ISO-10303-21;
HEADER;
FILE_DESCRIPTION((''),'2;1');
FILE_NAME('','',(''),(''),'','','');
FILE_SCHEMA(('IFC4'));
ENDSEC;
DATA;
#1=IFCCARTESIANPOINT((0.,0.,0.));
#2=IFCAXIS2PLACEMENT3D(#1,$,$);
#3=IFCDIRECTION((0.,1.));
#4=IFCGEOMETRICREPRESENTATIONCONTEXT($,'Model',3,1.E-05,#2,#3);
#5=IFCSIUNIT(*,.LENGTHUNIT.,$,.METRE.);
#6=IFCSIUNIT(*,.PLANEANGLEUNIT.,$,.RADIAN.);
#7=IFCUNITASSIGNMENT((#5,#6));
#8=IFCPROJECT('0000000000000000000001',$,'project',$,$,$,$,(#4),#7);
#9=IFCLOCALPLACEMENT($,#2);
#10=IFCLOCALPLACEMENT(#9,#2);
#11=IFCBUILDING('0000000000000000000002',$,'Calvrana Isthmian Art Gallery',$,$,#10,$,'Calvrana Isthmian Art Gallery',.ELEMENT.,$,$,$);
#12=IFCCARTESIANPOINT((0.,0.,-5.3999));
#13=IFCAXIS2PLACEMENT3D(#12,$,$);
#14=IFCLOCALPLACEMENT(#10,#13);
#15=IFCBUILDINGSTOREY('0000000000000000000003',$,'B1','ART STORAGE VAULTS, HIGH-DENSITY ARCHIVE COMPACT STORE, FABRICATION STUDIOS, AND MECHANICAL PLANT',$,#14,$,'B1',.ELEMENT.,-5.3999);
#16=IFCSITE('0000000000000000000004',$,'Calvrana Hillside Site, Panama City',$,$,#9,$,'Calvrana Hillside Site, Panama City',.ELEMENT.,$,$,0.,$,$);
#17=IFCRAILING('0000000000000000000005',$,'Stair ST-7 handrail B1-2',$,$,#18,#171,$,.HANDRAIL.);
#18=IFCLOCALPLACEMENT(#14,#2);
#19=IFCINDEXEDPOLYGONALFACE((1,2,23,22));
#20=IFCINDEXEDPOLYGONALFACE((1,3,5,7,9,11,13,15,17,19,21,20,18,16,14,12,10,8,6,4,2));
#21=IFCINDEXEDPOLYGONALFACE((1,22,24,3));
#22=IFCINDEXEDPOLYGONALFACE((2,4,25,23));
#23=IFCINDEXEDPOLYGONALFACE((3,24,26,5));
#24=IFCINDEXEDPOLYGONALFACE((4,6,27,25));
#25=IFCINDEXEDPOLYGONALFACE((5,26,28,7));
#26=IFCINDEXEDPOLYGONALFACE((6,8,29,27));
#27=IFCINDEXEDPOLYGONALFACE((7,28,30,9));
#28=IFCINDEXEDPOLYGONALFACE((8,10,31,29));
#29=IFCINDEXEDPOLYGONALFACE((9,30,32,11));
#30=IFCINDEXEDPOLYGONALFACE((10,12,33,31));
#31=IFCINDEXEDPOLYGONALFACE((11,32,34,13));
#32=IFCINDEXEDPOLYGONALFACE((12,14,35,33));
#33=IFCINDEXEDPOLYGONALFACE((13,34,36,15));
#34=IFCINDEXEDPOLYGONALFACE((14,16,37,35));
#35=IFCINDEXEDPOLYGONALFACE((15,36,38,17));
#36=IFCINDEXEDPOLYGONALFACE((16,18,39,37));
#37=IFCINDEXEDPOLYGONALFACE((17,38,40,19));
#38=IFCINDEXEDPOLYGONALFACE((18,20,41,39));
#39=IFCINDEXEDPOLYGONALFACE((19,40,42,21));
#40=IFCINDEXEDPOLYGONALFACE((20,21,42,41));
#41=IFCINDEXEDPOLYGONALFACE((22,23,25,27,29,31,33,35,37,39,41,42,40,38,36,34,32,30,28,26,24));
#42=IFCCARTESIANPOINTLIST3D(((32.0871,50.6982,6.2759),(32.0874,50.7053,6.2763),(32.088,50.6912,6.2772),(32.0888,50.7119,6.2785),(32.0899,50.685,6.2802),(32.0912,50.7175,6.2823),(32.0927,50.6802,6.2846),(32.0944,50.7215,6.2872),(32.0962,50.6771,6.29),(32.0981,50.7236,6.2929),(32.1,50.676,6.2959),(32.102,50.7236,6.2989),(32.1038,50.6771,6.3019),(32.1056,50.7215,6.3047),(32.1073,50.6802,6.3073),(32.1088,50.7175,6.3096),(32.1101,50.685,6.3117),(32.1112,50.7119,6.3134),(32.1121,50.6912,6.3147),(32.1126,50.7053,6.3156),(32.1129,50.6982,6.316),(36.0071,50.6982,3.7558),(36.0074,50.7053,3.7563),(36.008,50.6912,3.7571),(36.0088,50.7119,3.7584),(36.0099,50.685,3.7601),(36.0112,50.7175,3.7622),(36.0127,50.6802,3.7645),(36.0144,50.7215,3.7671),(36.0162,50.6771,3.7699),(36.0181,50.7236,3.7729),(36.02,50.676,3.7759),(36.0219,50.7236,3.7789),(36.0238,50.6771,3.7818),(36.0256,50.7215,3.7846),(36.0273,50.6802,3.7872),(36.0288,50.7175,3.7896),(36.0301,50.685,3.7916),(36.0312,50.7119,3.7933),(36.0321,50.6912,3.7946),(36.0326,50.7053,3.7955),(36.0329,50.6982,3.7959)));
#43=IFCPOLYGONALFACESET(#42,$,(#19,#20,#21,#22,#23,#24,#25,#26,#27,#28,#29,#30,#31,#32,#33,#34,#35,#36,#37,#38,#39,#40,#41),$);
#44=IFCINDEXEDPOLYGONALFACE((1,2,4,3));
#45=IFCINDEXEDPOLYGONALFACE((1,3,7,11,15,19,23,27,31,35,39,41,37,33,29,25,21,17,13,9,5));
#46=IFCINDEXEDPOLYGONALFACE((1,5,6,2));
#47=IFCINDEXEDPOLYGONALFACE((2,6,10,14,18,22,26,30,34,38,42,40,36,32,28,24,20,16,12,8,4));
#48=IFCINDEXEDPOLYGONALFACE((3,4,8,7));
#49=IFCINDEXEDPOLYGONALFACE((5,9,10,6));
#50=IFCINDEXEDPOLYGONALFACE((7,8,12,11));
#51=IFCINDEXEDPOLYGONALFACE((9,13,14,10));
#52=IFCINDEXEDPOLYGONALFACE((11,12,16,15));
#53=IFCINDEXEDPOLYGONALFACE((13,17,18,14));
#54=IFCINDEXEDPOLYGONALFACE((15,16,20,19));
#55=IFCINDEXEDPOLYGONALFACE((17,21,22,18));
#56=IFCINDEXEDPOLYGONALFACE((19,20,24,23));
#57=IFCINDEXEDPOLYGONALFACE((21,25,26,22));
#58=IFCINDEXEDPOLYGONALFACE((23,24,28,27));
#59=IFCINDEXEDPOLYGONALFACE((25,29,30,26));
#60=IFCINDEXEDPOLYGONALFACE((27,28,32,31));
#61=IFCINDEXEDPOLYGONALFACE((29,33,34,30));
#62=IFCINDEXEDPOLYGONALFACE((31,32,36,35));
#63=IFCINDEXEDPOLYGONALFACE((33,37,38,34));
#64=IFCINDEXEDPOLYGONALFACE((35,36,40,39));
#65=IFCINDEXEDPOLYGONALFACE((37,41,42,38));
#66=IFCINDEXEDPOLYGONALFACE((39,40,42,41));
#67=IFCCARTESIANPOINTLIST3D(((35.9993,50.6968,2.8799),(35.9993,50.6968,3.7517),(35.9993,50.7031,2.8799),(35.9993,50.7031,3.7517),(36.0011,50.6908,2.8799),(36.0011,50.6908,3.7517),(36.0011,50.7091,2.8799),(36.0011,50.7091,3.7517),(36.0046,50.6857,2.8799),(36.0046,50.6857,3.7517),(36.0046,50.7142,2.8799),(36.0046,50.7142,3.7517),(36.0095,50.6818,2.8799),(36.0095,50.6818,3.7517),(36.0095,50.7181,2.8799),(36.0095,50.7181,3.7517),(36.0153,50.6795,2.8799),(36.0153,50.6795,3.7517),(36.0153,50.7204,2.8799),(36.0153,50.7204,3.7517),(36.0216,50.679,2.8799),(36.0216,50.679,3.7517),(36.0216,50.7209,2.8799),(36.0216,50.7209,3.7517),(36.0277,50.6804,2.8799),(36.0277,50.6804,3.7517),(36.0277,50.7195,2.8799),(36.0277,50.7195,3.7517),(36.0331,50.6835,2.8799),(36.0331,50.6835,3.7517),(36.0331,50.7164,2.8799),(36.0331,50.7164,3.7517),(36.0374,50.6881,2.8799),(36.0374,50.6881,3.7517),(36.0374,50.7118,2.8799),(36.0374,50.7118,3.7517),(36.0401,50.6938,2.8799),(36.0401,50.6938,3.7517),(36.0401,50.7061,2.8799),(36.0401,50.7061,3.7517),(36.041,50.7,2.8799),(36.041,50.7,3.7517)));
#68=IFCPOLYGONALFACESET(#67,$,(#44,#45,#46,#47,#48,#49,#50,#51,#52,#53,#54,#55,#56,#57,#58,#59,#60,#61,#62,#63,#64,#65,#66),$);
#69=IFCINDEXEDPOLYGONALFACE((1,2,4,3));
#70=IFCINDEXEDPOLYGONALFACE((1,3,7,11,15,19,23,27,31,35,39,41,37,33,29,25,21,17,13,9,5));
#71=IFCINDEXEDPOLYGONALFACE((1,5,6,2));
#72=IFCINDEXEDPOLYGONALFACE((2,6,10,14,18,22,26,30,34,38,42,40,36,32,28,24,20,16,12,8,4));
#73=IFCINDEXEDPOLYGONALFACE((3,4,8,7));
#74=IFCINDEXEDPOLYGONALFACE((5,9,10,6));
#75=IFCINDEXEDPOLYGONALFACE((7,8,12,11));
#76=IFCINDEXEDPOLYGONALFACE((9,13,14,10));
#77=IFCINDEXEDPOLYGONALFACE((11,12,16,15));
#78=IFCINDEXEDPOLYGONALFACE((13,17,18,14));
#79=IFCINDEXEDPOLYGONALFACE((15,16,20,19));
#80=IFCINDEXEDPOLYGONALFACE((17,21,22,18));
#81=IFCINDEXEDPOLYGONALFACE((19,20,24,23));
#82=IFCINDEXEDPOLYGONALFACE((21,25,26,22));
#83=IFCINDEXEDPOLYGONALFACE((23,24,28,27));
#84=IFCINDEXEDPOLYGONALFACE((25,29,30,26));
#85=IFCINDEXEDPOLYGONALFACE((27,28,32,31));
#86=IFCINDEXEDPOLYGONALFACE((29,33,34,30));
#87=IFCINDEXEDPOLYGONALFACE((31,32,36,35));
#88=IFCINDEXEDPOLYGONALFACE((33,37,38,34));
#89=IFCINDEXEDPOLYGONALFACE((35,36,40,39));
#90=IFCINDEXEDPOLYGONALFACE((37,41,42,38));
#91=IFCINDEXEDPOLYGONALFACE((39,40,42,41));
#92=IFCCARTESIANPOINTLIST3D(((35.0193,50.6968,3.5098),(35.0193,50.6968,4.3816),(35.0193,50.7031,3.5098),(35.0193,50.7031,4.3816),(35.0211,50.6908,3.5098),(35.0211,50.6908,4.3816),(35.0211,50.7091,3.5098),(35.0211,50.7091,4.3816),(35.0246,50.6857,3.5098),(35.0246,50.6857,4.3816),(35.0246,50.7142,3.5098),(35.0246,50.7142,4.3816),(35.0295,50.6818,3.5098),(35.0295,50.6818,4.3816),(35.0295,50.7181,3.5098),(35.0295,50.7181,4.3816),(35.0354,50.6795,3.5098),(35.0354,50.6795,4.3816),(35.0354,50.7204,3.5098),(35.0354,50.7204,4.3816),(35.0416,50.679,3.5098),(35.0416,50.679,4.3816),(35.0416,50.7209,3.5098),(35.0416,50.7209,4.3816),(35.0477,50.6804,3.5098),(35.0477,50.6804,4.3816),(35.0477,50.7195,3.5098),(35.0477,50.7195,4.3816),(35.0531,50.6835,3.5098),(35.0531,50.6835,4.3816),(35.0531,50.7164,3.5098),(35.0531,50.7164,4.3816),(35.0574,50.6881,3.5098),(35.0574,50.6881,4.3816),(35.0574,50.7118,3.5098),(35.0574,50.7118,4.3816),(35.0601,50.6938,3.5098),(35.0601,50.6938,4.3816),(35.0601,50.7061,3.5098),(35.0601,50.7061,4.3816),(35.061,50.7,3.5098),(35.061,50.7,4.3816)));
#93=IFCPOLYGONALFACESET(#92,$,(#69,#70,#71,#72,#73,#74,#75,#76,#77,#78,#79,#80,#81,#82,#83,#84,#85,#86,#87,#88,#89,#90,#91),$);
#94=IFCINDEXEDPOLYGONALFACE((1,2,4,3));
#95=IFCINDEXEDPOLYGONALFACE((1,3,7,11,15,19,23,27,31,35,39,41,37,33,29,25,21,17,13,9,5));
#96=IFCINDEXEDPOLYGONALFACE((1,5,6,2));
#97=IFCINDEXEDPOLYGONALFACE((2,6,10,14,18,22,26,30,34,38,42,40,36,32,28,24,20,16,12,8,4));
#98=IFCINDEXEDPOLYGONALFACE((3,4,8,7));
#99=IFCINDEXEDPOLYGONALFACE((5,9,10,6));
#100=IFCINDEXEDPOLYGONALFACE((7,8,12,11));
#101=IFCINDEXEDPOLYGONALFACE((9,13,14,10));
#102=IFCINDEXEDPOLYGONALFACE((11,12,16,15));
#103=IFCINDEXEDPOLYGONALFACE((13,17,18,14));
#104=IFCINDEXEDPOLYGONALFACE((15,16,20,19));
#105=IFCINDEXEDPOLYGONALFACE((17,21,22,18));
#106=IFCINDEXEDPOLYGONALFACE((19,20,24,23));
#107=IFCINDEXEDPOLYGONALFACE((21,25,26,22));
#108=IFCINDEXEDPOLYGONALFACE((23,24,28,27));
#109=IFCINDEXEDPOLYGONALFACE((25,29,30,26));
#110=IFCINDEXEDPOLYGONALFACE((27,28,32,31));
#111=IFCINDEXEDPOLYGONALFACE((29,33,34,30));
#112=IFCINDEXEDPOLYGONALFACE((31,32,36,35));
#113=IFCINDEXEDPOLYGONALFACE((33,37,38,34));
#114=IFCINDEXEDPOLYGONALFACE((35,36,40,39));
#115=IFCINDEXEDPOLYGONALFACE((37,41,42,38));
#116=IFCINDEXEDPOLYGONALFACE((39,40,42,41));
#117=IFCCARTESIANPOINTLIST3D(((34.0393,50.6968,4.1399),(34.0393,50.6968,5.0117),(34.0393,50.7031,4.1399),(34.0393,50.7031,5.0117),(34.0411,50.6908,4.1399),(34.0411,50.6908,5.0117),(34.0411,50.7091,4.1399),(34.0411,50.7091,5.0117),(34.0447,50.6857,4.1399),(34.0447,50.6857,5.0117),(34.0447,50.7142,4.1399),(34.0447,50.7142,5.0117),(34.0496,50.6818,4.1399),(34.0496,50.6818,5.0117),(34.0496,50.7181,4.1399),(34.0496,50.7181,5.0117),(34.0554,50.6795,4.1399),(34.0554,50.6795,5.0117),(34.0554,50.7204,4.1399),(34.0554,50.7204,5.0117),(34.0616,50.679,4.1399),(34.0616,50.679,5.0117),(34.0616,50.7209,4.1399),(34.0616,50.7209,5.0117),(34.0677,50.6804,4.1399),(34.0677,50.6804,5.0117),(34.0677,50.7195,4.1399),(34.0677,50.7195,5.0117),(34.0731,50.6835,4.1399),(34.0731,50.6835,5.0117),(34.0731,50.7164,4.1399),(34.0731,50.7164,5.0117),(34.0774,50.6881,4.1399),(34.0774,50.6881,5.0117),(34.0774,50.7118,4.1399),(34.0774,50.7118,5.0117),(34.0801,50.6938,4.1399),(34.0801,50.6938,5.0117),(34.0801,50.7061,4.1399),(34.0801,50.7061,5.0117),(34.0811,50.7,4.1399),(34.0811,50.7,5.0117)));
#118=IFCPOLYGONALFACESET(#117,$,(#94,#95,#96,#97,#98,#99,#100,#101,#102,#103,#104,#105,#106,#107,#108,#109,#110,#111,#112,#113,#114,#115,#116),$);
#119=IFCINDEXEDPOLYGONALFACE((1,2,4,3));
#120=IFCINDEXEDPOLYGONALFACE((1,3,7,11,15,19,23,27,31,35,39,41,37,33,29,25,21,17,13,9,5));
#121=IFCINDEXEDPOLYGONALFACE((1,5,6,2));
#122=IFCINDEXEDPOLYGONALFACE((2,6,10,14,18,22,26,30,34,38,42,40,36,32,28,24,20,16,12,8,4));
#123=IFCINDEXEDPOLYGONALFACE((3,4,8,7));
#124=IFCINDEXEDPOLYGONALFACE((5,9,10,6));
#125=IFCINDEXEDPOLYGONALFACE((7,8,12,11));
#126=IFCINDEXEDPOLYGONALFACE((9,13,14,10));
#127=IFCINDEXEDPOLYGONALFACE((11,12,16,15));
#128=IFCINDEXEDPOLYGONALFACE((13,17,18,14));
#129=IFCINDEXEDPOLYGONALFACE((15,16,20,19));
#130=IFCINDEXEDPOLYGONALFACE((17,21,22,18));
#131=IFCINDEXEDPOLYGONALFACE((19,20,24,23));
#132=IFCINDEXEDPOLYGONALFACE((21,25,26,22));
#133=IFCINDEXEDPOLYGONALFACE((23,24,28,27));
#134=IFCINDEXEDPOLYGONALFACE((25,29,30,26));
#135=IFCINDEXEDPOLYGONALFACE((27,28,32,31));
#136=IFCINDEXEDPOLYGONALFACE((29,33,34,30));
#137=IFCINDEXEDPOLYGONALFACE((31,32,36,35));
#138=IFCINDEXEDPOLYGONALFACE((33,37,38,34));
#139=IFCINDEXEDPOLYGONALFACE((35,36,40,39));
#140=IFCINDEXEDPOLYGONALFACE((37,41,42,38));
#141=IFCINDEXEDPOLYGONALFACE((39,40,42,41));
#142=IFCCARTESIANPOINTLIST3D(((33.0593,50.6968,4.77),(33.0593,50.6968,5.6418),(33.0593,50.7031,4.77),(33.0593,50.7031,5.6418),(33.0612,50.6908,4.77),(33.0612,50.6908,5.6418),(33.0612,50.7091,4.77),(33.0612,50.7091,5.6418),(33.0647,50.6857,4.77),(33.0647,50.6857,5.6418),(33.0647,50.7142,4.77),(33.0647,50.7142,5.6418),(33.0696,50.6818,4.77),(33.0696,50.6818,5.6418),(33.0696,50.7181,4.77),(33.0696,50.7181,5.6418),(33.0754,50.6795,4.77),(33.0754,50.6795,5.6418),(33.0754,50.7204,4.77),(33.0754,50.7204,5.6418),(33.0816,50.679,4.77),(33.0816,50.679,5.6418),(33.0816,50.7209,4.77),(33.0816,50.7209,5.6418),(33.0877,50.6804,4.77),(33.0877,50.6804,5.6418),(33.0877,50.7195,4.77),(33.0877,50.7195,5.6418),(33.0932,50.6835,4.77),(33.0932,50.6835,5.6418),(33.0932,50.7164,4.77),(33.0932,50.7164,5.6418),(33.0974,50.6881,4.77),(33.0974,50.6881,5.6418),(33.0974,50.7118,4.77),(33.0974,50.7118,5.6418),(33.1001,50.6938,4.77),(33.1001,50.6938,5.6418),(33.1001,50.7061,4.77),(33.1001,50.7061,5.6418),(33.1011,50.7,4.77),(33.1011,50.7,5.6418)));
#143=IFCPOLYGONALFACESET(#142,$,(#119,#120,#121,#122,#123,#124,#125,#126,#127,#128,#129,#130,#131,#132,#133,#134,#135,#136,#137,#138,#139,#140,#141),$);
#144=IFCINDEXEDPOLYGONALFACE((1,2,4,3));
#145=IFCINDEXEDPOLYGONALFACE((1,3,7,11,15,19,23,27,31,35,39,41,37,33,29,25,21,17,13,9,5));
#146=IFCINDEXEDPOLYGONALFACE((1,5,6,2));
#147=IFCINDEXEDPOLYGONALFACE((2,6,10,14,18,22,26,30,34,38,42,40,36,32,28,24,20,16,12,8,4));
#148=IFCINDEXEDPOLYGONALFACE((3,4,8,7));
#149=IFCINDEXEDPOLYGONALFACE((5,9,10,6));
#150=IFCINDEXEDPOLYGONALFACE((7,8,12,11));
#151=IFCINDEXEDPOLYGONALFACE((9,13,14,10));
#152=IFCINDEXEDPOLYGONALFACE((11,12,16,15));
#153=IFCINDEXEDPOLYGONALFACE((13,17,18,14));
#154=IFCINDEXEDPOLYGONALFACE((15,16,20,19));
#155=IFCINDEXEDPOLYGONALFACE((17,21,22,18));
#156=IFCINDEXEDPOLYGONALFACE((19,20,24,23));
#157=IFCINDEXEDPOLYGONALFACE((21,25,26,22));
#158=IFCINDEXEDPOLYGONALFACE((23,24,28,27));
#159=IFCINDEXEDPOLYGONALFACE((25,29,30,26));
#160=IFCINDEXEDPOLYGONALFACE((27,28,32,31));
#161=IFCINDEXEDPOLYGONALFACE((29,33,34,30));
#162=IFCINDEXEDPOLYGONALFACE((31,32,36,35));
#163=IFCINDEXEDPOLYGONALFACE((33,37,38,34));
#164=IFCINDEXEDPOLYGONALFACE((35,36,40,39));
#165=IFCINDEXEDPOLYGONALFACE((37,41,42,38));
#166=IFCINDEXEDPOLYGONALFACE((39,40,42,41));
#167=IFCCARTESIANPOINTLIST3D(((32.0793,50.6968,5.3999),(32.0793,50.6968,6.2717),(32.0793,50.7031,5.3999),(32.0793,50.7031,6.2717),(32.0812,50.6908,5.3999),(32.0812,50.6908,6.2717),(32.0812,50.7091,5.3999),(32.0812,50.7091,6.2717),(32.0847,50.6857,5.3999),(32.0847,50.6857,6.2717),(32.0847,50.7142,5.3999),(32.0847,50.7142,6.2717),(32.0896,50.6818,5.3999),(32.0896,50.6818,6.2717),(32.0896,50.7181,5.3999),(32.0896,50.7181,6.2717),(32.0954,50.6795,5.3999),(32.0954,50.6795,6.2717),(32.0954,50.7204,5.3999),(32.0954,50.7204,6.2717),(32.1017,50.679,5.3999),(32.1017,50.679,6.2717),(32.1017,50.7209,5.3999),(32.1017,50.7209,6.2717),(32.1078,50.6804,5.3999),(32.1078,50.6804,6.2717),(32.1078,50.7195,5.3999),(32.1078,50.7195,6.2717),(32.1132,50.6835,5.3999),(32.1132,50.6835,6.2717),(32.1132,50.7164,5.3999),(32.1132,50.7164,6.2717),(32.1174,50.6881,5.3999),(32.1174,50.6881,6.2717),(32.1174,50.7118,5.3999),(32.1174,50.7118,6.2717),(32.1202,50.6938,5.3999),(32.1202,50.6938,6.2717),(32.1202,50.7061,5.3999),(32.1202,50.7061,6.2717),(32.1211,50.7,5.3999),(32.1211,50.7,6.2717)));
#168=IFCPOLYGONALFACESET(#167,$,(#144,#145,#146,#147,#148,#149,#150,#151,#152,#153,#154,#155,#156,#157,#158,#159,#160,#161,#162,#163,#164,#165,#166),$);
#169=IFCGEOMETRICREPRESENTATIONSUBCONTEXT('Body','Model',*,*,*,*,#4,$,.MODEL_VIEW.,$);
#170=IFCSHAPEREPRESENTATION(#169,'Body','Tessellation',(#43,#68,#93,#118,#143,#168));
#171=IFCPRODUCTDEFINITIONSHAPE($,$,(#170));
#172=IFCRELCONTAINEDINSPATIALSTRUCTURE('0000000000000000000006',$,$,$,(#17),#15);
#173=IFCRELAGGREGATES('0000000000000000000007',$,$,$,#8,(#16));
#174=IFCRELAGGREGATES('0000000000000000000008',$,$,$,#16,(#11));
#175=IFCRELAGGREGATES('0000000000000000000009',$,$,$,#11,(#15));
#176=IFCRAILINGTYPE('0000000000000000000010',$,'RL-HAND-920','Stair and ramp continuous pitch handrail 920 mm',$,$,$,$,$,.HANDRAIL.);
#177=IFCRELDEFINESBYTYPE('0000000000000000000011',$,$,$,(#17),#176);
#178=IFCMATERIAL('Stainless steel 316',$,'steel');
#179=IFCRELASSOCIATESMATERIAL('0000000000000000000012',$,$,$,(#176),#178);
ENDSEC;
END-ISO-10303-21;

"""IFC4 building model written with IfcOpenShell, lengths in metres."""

from ifc_helpers import new_model, si_unit, direction, frame, origin, origin_2d, place, context, subcontext, project, spatial, circle, extrude, material, type_object, element, save


model = new_model("IFC4")

# Units and contexts
model_context = context("Model", 3, precision=1e-05, world=origin(), true_north=direction((0.0, 1.0)))
body_context = subcontext(model_context, "Body", "Model", "MODEL_VIEW")
ifc_project = project(units=[si_unit("LENGTHUNIT", "METRE"), si_unit("PLANEANGLEUNIT", "RADIAN")], contexts=[model_context])

# Site, building, storey
site_placement = place(None, origin())
site = spatial("IfcSite", under=ifc_project, at=site_placement, Name="Calvrana Hillside Site, Panama City", LongName="Calvrana Hillside Site, Panama City", CompositionType="ELEMENT", RefElevation=0.0)
building_placement = place(site_placement, origin())
building = spatial("IfcBuilding", under=site, at=building_placement, Name="Calvrana Isthmian Art Gallery", LongName="Calvrana Isthmian Art Gallery", CompositionType="ELEMENT")
storey_placement = place(building_placement, frame((0.0, 0.0, -5.3999)))
storey = spatial("IfcBuildingStorey", under=building, at=storey_placement, Name="B1", Description="ART STORAGE VAULTS, HIGH-DENSITY ARCHIVE COMPACT STORE, FABRICATION STUDIOS, AND MECHANICAL PLANT", LongName="B1", CompositionType="ELEMENT", Elevation=-5.3999)

# Railing
ifc_material_1 = material(Name="Stainless steel 316", Category="steel")
railing_type_1 = type_object("IfcRailingType", Name="RL-HAND-920", Description="Stair and ramp continuous pitch handrail 920 mm", PredefinedType="HANDRAIL", material=ifc_material_1)
railing_1_placement = place(storey_placement, frame((36.02, 50.7, 2.8799)))
element("IfcRailing", 1, at=railing_1_placement, inside=storey, type_object=railing_type_1, Name="Stair ST-7 handrail B1-2", PredefinedType="HANDRAIL", context=body_context, shape_type="SweptSolid", body=[
    extrude(circle(Radius=0.0239, at=origin_2d()), frame((0.0, 0.0, 0.896), z_axis=(-0.841172, 0.0, 0.540768), x_axis=(0.0, -1.0, 0.0)), (0.0, 0.0, 1.0), 4.6602),
    extrude(circle(Radius=0.021, at=origin_2d()), origin(), (0.0, 0.0, 1.0), 0.8718),
    extrude(circle(Radius=0.021, at=origin_2d()), frame((-0.98, 0.0, 0.6299)), (0.0, 0.0, 1.0), 0.8718),
    extrude(circle(Radius=0.021, at=origin_2d()), frame((-1.96, 0.0, 1.26)), (0.0, 0.0, 1.0), 0.8718),
    extrude(circle(Radius=0.021, at=origin_2d()), frame((-2.9399, 0.0, 1.8901)), (0.0, 0.0, 1.0), 0.8718),
    extrude(circle(Radius=0.021, at=origin_2d()), frame((-3.9199, 0.0, 2.52)), (0.0, 0.0, 1.0), 0.8718),
])

save(model, "model.ifc")
